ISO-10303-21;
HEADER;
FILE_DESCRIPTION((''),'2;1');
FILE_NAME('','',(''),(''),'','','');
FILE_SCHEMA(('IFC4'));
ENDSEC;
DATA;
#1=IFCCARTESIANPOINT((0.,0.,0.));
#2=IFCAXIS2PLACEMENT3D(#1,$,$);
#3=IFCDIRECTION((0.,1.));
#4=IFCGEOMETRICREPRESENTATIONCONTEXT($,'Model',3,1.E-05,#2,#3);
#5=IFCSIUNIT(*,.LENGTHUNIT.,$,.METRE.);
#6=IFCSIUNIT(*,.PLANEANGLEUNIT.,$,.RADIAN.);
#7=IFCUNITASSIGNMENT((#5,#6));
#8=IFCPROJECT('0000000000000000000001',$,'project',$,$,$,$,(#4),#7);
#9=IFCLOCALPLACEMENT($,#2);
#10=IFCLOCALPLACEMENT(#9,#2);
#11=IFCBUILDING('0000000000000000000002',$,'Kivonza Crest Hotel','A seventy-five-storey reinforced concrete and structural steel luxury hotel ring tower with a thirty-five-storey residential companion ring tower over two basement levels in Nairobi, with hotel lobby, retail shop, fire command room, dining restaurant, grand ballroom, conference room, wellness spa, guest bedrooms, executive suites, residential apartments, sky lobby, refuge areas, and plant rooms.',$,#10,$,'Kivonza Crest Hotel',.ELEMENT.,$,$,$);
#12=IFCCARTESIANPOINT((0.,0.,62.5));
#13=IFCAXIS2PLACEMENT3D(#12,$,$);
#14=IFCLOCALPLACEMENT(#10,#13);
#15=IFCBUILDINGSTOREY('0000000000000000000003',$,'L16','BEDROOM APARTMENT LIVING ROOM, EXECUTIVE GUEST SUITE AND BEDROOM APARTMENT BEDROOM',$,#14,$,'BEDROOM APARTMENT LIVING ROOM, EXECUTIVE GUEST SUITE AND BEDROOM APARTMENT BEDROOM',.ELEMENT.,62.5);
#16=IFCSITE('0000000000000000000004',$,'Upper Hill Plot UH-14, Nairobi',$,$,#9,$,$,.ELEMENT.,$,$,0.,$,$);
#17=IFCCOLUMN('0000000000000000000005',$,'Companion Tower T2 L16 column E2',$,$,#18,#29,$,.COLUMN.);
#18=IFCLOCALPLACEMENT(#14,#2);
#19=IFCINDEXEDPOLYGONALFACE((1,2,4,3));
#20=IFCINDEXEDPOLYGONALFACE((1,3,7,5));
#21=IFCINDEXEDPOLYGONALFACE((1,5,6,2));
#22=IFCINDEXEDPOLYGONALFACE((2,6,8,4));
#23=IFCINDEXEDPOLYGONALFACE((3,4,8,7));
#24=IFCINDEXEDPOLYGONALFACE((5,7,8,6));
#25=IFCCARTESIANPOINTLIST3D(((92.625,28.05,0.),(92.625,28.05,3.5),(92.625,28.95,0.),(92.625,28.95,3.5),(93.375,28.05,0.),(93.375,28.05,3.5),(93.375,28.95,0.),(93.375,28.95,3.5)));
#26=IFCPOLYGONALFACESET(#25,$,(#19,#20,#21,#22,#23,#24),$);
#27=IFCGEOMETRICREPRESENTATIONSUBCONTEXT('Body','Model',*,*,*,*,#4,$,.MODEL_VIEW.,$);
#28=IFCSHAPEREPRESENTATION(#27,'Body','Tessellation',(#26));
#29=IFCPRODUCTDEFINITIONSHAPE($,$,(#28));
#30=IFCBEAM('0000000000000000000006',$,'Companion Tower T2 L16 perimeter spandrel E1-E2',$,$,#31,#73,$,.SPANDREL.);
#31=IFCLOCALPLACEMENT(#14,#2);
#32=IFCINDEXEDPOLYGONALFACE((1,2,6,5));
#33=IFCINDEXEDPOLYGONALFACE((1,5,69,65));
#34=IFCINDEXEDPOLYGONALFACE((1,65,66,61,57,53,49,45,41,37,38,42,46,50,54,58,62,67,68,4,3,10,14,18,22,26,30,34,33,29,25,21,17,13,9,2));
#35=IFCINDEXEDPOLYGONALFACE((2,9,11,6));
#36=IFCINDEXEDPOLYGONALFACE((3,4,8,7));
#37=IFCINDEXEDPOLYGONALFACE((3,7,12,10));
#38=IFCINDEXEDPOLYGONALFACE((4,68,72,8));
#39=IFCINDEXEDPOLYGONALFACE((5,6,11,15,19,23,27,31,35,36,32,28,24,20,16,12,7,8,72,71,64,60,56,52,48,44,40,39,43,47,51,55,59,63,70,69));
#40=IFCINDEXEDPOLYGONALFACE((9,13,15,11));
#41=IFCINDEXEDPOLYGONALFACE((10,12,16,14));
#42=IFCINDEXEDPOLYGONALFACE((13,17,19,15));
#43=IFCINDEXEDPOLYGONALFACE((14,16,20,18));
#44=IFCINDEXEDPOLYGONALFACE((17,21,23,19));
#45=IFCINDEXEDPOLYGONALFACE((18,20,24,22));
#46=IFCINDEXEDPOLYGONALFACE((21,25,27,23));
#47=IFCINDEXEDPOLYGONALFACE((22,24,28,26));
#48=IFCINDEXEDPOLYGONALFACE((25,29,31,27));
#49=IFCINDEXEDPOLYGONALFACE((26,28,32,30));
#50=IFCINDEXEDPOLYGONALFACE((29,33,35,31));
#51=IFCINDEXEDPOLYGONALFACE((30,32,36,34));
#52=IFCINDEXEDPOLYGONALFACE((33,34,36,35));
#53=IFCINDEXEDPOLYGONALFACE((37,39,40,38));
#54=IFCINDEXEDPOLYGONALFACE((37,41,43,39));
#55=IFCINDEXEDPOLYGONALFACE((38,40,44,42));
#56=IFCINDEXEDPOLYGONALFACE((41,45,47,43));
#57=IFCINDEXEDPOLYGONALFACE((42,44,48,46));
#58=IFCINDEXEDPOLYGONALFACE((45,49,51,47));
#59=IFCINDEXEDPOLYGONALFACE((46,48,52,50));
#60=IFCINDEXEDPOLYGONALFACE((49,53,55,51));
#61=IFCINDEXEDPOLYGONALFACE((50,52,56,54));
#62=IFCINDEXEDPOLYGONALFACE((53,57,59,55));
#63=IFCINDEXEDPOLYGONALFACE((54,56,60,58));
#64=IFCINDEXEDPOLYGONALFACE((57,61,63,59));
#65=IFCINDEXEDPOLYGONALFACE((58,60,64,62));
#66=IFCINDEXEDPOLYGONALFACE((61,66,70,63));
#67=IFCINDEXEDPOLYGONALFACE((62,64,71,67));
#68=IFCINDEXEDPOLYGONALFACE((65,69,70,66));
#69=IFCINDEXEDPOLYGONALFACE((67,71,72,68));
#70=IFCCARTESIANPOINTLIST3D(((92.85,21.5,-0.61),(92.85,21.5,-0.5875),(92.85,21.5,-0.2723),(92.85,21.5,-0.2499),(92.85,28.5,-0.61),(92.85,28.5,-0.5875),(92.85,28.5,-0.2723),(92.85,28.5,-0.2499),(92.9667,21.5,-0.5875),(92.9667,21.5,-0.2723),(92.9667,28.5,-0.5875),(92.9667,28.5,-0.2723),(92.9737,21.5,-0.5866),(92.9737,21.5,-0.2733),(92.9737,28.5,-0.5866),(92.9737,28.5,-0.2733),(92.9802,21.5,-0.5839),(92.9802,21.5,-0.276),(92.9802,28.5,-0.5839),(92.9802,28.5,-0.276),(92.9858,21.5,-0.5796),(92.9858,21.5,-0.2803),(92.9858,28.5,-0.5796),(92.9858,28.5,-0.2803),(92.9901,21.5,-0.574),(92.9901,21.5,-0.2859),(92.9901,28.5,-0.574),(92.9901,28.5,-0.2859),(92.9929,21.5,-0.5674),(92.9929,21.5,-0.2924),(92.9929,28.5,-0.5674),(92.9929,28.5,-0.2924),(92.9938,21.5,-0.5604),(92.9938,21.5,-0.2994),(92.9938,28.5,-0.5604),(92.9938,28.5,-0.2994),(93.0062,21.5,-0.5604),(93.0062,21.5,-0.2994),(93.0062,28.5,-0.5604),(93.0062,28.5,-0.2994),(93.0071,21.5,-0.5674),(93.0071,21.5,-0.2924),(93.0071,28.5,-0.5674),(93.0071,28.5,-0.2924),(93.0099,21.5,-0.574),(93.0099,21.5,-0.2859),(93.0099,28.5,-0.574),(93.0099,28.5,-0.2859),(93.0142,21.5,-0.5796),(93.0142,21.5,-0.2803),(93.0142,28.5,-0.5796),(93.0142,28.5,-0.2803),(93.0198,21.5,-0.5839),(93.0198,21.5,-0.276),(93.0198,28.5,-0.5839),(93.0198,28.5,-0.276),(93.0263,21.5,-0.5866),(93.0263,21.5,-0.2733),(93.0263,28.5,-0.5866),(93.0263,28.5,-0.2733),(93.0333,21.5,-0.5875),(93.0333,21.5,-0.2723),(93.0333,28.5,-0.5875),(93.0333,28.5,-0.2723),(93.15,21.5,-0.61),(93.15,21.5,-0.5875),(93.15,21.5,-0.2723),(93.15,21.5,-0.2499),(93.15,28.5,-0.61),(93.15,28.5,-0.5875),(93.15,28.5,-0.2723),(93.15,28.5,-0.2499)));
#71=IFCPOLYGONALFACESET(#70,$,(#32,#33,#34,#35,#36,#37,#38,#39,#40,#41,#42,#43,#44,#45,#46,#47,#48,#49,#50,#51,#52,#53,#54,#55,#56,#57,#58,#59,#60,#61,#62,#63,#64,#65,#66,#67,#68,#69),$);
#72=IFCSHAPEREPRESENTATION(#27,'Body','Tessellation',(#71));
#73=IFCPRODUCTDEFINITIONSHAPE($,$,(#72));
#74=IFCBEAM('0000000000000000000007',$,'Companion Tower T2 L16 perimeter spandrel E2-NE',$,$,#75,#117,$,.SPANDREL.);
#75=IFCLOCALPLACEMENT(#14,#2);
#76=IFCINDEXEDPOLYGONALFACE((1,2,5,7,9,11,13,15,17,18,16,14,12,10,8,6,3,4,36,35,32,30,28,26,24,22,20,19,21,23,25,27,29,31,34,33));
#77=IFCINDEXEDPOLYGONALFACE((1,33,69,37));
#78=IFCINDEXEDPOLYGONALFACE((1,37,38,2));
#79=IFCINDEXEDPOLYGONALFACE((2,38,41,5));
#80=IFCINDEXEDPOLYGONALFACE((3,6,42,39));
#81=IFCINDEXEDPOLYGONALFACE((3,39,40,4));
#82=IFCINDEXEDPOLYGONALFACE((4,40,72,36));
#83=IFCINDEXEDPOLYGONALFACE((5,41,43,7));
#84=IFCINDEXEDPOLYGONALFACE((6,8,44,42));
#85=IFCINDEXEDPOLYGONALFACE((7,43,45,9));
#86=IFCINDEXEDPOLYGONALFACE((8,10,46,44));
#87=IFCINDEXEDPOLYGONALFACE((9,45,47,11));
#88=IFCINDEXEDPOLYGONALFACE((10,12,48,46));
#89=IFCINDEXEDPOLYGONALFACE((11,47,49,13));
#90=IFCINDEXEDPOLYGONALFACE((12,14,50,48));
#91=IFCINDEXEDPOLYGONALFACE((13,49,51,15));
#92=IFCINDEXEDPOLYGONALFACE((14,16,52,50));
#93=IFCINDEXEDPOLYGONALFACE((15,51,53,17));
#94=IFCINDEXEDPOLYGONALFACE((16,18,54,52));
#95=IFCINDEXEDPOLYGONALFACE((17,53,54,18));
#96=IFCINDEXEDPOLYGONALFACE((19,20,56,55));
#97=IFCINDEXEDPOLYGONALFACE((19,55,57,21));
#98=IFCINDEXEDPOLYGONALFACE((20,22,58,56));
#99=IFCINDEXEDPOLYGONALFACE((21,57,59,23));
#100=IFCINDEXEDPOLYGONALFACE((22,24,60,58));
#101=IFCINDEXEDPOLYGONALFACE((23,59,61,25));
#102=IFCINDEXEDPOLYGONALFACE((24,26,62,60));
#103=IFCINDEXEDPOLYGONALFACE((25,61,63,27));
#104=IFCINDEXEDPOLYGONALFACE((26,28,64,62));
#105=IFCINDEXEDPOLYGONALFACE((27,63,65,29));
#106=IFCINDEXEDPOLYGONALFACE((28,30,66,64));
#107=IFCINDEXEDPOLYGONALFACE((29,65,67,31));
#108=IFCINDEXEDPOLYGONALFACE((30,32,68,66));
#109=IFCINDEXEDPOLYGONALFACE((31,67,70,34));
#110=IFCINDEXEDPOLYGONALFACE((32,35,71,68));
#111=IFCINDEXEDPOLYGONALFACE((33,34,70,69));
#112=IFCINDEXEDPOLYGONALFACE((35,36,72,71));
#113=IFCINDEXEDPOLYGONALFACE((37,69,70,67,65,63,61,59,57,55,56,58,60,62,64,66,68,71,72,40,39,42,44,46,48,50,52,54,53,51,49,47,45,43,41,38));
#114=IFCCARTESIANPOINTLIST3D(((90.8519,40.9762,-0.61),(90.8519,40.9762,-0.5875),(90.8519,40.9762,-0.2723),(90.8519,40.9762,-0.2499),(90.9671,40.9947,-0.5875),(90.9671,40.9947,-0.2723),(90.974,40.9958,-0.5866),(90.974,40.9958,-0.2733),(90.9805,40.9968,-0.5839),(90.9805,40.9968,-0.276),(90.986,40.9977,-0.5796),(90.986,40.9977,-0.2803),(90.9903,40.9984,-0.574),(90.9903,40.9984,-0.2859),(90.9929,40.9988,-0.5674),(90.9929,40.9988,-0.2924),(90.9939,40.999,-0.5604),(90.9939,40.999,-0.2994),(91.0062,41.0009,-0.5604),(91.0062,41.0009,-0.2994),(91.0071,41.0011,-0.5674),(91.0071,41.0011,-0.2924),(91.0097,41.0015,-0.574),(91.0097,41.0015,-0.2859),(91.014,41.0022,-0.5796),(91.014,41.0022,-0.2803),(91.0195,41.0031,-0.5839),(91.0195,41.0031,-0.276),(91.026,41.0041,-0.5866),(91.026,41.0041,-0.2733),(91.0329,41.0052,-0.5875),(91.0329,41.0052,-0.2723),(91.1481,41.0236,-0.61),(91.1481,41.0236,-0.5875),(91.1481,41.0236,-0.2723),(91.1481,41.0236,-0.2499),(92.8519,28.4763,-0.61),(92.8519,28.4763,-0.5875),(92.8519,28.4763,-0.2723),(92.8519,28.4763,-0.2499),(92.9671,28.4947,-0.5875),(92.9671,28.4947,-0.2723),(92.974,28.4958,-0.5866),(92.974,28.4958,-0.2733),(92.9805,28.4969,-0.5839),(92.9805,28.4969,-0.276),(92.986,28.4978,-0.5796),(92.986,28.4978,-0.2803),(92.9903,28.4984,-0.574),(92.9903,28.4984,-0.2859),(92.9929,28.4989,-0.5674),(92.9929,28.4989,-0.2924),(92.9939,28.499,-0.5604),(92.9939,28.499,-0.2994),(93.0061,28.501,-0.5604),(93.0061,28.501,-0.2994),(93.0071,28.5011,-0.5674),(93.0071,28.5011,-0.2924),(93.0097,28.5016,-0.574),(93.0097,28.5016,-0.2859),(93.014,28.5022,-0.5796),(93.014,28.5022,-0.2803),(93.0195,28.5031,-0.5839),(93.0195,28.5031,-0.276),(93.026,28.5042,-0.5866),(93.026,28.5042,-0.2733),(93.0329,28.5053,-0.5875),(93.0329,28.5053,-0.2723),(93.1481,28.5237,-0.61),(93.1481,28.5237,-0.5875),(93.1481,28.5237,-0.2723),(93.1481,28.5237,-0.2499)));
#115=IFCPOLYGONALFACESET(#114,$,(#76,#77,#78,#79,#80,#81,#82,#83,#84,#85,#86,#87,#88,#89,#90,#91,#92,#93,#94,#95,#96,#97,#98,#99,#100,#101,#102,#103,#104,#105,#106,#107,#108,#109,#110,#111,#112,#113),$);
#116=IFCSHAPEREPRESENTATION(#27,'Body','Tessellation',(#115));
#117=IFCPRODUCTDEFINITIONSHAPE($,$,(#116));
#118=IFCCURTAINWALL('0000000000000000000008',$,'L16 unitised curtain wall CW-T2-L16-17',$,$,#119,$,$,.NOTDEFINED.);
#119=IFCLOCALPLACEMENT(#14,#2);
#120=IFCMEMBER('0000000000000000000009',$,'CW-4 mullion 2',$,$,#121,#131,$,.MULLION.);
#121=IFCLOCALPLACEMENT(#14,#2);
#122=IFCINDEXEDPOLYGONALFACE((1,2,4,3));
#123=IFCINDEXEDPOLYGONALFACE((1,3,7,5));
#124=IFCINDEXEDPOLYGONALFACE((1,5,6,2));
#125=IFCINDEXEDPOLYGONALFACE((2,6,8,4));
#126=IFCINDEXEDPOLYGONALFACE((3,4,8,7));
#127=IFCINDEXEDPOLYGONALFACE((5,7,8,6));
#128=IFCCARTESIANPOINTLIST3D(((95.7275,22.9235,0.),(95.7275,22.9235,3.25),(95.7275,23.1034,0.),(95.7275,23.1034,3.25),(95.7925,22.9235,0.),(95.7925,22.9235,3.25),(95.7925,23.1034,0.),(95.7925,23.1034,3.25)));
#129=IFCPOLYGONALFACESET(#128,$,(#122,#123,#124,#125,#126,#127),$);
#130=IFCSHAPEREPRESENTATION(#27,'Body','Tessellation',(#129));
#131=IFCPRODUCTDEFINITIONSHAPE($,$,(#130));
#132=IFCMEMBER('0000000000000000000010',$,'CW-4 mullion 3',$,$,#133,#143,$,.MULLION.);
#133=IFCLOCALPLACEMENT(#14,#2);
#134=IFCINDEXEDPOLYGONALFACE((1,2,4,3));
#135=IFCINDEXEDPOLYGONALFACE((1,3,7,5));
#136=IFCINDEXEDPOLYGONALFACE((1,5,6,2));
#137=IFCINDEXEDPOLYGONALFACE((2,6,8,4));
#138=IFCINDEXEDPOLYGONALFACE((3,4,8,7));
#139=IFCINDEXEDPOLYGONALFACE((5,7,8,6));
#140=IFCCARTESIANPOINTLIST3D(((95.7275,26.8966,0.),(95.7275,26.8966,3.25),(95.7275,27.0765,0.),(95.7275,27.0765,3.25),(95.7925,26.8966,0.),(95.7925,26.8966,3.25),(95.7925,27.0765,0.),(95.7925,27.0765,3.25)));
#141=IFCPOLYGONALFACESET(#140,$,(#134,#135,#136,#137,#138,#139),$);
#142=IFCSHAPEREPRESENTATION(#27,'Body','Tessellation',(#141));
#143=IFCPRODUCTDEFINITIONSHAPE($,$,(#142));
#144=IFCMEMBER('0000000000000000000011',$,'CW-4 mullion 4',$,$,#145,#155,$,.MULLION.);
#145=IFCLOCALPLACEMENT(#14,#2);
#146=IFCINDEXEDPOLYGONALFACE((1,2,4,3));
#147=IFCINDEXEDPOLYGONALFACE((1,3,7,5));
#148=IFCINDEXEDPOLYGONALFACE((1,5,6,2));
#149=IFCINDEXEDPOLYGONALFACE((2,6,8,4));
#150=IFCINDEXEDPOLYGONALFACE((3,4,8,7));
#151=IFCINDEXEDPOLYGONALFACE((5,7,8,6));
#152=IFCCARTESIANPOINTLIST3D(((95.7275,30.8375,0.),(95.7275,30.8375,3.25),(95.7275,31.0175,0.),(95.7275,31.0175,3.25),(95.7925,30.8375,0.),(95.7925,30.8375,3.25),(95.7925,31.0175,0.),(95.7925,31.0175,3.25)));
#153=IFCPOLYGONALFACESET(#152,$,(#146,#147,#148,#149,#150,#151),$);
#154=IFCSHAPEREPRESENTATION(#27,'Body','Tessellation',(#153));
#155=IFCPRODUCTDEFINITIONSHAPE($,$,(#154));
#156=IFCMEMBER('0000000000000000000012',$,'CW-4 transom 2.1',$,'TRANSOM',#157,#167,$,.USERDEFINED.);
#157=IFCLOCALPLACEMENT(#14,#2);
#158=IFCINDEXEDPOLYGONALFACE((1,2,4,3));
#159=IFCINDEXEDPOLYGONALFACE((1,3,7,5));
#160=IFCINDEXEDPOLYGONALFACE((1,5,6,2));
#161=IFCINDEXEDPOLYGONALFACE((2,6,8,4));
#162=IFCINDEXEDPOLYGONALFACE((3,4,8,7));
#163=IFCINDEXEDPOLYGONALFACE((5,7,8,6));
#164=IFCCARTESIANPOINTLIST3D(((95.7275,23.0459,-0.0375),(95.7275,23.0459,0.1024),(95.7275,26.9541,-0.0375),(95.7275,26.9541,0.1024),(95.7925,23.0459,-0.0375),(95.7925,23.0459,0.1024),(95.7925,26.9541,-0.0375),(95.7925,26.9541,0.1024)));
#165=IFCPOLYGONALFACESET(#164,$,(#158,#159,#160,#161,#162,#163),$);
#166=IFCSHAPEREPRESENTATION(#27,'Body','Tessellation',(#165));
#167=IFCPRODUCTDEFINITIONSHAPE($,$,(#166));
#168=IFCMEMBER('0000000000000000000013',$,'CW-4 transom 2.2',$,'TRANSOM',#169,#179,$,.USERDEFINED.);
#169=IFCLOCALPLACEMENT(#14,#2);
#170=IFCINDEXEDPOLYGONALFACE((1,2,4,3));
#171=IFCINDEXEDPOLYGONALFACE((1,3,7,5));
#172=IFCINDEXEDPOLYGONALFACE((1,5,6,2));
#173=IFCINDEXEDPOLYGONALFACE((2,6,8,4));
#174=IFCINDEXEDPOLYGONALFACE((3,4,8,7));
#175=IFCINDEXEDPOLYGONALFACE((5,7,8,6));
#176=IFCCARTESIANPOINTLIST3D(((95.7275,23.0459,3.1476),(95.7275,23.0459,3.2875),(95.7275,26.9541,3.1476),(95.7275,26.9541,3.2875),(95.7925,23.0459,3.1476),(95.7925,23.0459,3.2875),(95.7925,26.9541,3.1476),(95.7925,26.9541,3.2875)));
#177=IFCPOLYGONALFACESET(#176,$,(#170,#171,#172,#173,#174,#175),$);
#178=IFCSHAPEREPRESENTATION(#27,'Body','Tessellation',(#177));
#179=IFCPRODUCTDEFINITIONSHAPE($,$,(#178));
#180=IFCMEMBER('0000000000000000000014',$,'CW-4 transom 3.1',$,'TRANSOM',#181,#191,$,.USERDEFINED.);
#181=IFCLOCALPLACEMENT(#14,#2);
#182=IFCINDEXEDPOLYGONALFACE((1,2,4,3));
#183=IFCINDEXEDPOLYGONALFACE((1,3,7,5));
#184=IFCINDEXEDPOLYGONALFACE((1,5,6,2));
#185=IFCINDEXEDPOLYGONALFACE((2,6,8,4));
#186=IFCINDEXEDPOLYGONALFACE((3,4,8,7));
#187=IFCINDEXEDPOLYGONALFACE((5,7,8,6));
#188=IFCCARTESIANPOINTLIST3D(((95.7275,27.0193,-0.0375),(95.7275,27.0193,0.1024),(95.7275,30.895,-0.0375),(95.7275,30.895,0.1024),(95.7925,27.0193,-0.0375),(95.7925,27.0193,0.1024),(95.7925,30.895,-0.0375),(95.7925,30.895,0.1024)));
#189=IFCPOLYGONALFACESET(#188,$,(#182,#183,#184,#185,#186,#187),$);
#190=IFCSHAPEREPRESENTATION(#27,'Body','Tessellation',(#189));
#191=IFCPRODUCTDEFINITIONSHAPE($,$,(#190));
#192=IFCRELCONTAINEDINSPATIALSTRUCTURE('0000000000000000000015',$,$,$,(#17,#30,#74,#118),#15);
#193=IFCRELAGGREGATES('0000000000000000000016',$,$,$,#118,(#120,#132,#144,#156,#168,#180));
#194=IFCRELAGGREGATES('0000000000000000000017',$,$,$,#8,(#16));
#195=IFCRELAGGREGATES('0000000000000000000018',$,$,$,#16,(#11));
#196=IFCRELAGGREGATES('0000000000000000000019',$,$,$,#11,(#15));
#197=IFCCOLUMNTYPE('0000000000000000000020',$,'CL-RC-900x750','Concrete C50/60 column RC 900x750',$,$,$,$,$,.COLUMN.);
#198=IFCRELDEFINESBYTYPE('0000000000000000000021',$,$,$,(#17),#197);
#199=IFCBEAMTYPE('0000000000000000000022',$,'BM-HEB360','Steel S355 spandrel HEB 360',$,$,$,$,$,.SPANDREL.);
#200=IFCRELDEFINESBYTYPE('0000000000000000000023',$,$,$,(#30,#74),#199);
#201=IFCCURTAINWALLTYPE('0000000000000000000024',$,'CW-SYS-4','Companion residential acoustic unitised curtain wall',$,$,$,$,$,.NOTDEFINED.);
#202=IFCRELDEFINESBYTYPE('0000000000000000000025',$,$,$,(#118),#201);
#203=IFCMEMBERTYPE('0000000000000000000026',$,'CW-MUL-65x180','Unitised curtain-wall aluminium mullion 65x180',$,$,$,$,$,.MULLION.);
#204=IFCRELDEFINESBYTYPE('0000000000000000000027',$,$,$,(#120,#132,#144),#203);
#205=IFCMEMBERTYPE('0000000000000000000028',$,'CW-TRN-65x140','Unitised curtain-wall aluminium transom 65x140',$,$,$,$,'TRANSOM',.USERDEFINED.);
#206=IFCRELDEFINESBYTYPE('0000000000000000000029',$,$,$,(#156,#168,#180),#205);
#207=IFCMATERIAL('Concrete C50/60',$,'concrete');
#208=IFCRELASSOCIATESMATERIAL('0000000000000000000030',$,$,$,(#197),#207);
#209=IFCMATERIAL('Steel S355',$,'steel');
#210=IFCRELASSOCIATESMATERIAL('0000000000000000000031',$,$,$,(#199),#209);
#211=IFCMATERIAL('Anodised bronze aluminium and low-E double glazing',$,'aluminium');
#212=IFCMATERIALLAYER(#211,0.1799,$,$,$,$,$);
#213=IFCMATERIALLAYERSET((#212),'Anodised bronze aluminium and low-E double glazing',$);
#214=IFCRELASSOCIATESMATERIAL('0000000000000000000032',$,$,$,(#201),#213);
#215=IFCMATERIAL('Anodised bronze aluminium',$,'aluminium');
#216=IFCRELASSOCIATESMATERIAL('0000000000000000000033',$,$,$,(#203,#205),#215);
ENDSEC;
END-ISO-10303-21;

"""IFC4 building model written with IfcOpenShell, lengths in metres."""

from ifc_helpers import new_model, si_unit, direction, frame, origin, origin_2d, place, context, subcontext, project, spatial, rectangle, i_section, extrude, material, layer, layer_set, material_profile, profile_set, type_object, element, aggregate, save


model = new_model("IFC4")

# Units and contexts
model_context = context("Model", 3, precision=1e-05, world=origin(), true_north=direction((0.0, 1.0)))
body_context = subcontext(model_context, "Body", "Model", "MODEL_VIEW")
ifc_project = project(units=[si_unit("LENGTHUNIT", "METRE"), si_unit("PLANEANGLEUNIT", "RADIAN")], contexts=[model_context])

# Site, building, storey
site_placement = place(None, origin())
site = spatial("IfcSite", under=ifc_project, at=site_placement, Name="Upper Hill Plot UH-14, Nairobi", CompositionType="ELEMENT", RefElevation=0.0)
building_placement = place(site_placement, origin())
building = spatial("IfcBuilding", under=site, at=building_placement, Name="Kivonza Crest Hotel", Description="A seventy-five-storey reinforced concrete and structural steel luxury hotel ring tower with a thirty-five-storey residential companion ring tower over two basement levels in Nairobi, with hotel lobby, retail shop, fire command room, dining restaurant, grand ballroom, conference room, wellness spa, guest bedrooms, executive suites, residential apartments, sky lobby, refuge areas, and plant rooms.", LongName="Kivonza Crest Hotel", CompositionType="ELEMENT")
storey_placement = place(building_placement, frame((0.0, 0.0, 62.5)))
storey = spatial("IfcBuildingStorey", under=building, at=storey_placement, Name="L16", Description="BEDROOM APARTMENT LIVING ROOM, EXECUTIVE GUEST SUITE AND BEDROOM APARTMENT BEDROOM", LongName="BEDROOM APARTMENT LIVING ROOM, EXECUTIVE GUEST SUITE AND BEDROOM APARTMENT BEDROOM", CompositionType="ELEMENT", Elevation=62.5)

# Column
ifc_material_1 = material(Name="Concrete C50/60", Category="concrete")
ifc_material_profile_1 = material_profile(ifc_material_1, rectangle(XDim=0.75, YDim=0.8999, at=origin_2d()), Name="RC 900x750")
ifc_profile_set_1 = profile_set([ifc_material_profile_1], Name="Concrete C50/60")
column_type = type_object("IfcColumnType", Name="CL-RC-900x750", Description="Concrete C50/60 column RC 900x750", PredefinedType="COLUMN", material=ifc_profile_set_1)
column_placement = place(storey_placement, frame((93.0, 28.5, 0.0), z_axis=(0.0, 0.0, 1.0), x_axis=(1.0, 0.0, 0.0)))
element("IfcColumn", 1, at=column_placement, inside=storey, type_object=column_type, Name="Companion Tower T2 L16 column E2", PredefinedType="COLUMN", context=body_context, shape_type="SweptSolid", body=[
    extrude(rectangle(XDim=0.75, YDim=0.8999, at=origin_2d()), origin(), (0.0, 0.0, 1.0), 3.5),
])

# Beams
ifc_material_2 = material(Name="Steel S355", Category="steel")
ifc_material_profile_2 = material_profile(ifc_material_2, i_section(OverallWidth=0.3, OverallDepth=0.3601, WebThickness=0.0125, FlangeThickness=0.0225, FilletRadius=0.0271, at=origin_2d()), Name="HEB 360")
ifc_profile_set_2 = profile_set([ifc_material_profile_2], Name="Steel S355")
beam_type = type_object("IfcBeamType", Name="BM-HEB360", Description="Steel S355 spandrel HEB 360", PredefinedType="SPANDREL", material=ifc_profile_set_2)
beam_1_placement = place(storey_placement, frame((93.0, 21.5, -0.4299), z_axis=(0.0, 1.0, 0.0), x_axis=(-1.0, 0.0, 0.0)))
element("IfcBeam", 2, at=beam_1_placement, inside=storey, type_object=beam_type, Name="Companion Tower T2 L16 perimeter spandrel E1-E2", PredefinedType="SPANDREL", context=body_context, shape_type="SweptSolid", body=[
    extrude(i_section(OverallWidth=0.3, OverallDepth=0.3601, WebThickness=0.0125, FlangeThickness=0.0225, FilletRadius=0.0271, at=origin_2d()), origin(), (0.0, 0.0, 1.0), 7.0),
])
beam_2_placement = place(storey_placement, frame((93.0, 28.5, -0.4299), z_axis=(-0.157991, 0.987441, 0.0), x_axis=(-0.987441, -0.157991, 0.0)))
element("IfcBeam", 3, at=beam_2_placement, inside=storey, type_object=beam_type, Name="Companion Tower T2 L16 perimeter spandrel E2-NE", PredefinedType="SPANDREL", context=body_context, shape_type="SweptSolid", body=[
    extrude(i_section(OverallWidth=0.3, OverallDepth=0.3601, WebThickness=0.0125, FlangeThickness=0.0225, FilletRadius=0.0271, at=origin_2d()), origin(), (0.0, 0.0, 1.0), 12.6589),
])

# Curtain wall, members
ifc_material_3 = material(Name="Anodised bronze aluminium and low-E double glazing", Category="aluminium")
ifc_layer_1 = layer(ifc_material_3, 0.1799)
ifc_layer_set_1 = layer_set([ifc_layer_1], Name="Anodised bronze aluminium and low-E double glazing")
curtain_wall_type = type_object("IfcCurtainWallType", Name="CW-SYS-4", Description="Companion residential acoustic unitised curtain wall", PredefinedType="NOTDEFINED", material=ifc_layer_set_1)
curtain_wall_placement = place(storey_placement, origin())
curtain_wall = element("IfcCurtainWall", 4, at=curtain_wall_placement, inside=storey, type_object=curtain_wall_type, Name="L16 unitised curtain wall CW-T2-L16-17", PredefinedType="NOTDEFINED")
ifc_material_4 = material(Name="Anodised bronze aluminium", Category="aluminium")
ifc_material_profile_3 = material_profile(ifc_material_4, rectangle(XDim=0.0649, YDim=0.1799, at=origin_2d()), Name="CW-M 65x180")
ifc_profile_set_3 = profile_set([ifc_material_profile_3], Name="Anodised bronze aluminium")
member_type_1 = type_object("IfcMemberType", Name="CW-MUL-65x180", Description="Unitised curtain-wall aluminium mullion 65x180", PredefinedType="MULLION", material=ifc_profile_set_3)
member_1_placement = place(storey_placement, frame((95.76, 23.0134, 0.0), z_axis=(0.0, 0.0, 1.0), x_axis=(-1.0, 0.0, 0.0)))
member_1 = element("IfcMember", 5, at=member_1_placement, type_object=member_type_1, Name="CW-4 mullion 2", PredefinedType="MULLION", context=body_context, shape_type="SweptSolid", body=[
    extrude(rectangle(XDim=0.0649, YDim=0.1799, at=origin_2d()), origin(), (0.0, 0.0, 1.0), 3.25),
])
member_2_placement = place(storey_placement, frame((95.76, 26.9866, 0.0), z_axis=(0.0, 0.0, 1.0), x_axis=(-1.0, 0.0, 0.0)))
member_2 = element("IfcMember", 6, at=member_2_placement, type_object=member_type_1, Name="CW-4 mullion 3", PredefinedType="MULLION", context=body_context, shape_type="SweptSolid", body=[
    extrude(rectangle(XDim=0.0649, YDim=0.1799, at=origin_2d()), origin(), (0.0, 0.0, 1.0), 3.25),
])
member_3_placement = place(storey_placement, frame((95.76, 30.9275, 0.0), z_axis=(0.0, 0.0, 1.0), x_axis=(-1.0, 0.0, 0.0)))
member_3 = element("IfcMember", 7, at=member_3_placement, type_object=member_type_1, Name="CW-4 mullion 4", PredefinedType="MULLION", context=body_context, shape_type="SweptSolid", body=[
    extrude(rectangle(XDim=0.0649, YDim=0.1799, at=origin_2d()), origin(), (0.0, 0.0, 1.0), 3.25),
])
ifc_material_profile_4 = material_profile(ifc_material_4, rectangle(XDim=0.0649, YDim=0.1399, at=origin_2d()), Name="CW-T 65x140")
ifc_profile_set_4 = profile_set([ifc_material_profile_4], Name="Anodised bronze aluminium")
member_type_2 = type_object("IfcMemberType", Name="CW-TRN-65x140", Description="Unitised curtain-wall aluminium transom 65x140", ElementType="TRANSOM", PredefinedType="USERDEFINED", material=ifc_profile_set_4)
member_4_placement = place(storey_placement, frame((95.76, 23.0459, 0.0325), z_axis=(0.0, 1.0, 0.0), x_axis=(-1.0, 0.0, 0.0)))
member_4 = element("IfcMember", 8, at=member_4_placement, type_object=member_type_2, Name="CW-4 transom 2.1", ObjectType="TRANSOM", PredefinedType="USERDEFINED", context=body_context, shape_type="SweptSolid", body=[
    extrude(rectangle(XDim=0.0649, YDim=0.1399, at=origin_2d()), origin(), (0.0, 0.0, 1.0), 3.9082),
])
member_5_placement = place(storey_placement, frame((95.76, 23.0459, 3.2175), z_axis=(0.0, 1.0, 0.0), x_axis=(-1.0, 0.0, 0.0)))
member_5 = element("IfcMember", 9, at=member_5_placement, type_object=member_type_2, Name="CW-4 transom 2.2", ObjectType="TRANSOM", PredefinedType="USERDEFINED", context=body_context, shape_type="SweptSolid", body=[
    extrude(rectangle(XDim=0.0649, YDim=0.1399, at=origin_2d()), origin(), (0.0, 0.0, 1.0), 3.9082),
])
member_6_placement = place(storey_placement, frame((95.76, 27.0193, 0.0325), z_axis=(0.0, 1.0, 0.0), x_axis=(-1.0, 0.0, 0.0)))
member_6 = element("IfcMember", 10, at=member_6_placement, type_object=member_type_2, Name="CW-4 transom 3.1", ObjectType="TRANSOM", PredefinedType="USERDEFINED", context=body_context, shape_type="SweptSolid", body=[
    extrude(rectangle(XDim=0.0649, YDim=0.1399, at=origin_2d()), origin(), (0.0, 0.0, 1.0), 3.8757),
])
aggregate(curtain_wall, [member_1, member_2, member_3, member_4, member_5, member_6])

save(model, "model.ifc")
